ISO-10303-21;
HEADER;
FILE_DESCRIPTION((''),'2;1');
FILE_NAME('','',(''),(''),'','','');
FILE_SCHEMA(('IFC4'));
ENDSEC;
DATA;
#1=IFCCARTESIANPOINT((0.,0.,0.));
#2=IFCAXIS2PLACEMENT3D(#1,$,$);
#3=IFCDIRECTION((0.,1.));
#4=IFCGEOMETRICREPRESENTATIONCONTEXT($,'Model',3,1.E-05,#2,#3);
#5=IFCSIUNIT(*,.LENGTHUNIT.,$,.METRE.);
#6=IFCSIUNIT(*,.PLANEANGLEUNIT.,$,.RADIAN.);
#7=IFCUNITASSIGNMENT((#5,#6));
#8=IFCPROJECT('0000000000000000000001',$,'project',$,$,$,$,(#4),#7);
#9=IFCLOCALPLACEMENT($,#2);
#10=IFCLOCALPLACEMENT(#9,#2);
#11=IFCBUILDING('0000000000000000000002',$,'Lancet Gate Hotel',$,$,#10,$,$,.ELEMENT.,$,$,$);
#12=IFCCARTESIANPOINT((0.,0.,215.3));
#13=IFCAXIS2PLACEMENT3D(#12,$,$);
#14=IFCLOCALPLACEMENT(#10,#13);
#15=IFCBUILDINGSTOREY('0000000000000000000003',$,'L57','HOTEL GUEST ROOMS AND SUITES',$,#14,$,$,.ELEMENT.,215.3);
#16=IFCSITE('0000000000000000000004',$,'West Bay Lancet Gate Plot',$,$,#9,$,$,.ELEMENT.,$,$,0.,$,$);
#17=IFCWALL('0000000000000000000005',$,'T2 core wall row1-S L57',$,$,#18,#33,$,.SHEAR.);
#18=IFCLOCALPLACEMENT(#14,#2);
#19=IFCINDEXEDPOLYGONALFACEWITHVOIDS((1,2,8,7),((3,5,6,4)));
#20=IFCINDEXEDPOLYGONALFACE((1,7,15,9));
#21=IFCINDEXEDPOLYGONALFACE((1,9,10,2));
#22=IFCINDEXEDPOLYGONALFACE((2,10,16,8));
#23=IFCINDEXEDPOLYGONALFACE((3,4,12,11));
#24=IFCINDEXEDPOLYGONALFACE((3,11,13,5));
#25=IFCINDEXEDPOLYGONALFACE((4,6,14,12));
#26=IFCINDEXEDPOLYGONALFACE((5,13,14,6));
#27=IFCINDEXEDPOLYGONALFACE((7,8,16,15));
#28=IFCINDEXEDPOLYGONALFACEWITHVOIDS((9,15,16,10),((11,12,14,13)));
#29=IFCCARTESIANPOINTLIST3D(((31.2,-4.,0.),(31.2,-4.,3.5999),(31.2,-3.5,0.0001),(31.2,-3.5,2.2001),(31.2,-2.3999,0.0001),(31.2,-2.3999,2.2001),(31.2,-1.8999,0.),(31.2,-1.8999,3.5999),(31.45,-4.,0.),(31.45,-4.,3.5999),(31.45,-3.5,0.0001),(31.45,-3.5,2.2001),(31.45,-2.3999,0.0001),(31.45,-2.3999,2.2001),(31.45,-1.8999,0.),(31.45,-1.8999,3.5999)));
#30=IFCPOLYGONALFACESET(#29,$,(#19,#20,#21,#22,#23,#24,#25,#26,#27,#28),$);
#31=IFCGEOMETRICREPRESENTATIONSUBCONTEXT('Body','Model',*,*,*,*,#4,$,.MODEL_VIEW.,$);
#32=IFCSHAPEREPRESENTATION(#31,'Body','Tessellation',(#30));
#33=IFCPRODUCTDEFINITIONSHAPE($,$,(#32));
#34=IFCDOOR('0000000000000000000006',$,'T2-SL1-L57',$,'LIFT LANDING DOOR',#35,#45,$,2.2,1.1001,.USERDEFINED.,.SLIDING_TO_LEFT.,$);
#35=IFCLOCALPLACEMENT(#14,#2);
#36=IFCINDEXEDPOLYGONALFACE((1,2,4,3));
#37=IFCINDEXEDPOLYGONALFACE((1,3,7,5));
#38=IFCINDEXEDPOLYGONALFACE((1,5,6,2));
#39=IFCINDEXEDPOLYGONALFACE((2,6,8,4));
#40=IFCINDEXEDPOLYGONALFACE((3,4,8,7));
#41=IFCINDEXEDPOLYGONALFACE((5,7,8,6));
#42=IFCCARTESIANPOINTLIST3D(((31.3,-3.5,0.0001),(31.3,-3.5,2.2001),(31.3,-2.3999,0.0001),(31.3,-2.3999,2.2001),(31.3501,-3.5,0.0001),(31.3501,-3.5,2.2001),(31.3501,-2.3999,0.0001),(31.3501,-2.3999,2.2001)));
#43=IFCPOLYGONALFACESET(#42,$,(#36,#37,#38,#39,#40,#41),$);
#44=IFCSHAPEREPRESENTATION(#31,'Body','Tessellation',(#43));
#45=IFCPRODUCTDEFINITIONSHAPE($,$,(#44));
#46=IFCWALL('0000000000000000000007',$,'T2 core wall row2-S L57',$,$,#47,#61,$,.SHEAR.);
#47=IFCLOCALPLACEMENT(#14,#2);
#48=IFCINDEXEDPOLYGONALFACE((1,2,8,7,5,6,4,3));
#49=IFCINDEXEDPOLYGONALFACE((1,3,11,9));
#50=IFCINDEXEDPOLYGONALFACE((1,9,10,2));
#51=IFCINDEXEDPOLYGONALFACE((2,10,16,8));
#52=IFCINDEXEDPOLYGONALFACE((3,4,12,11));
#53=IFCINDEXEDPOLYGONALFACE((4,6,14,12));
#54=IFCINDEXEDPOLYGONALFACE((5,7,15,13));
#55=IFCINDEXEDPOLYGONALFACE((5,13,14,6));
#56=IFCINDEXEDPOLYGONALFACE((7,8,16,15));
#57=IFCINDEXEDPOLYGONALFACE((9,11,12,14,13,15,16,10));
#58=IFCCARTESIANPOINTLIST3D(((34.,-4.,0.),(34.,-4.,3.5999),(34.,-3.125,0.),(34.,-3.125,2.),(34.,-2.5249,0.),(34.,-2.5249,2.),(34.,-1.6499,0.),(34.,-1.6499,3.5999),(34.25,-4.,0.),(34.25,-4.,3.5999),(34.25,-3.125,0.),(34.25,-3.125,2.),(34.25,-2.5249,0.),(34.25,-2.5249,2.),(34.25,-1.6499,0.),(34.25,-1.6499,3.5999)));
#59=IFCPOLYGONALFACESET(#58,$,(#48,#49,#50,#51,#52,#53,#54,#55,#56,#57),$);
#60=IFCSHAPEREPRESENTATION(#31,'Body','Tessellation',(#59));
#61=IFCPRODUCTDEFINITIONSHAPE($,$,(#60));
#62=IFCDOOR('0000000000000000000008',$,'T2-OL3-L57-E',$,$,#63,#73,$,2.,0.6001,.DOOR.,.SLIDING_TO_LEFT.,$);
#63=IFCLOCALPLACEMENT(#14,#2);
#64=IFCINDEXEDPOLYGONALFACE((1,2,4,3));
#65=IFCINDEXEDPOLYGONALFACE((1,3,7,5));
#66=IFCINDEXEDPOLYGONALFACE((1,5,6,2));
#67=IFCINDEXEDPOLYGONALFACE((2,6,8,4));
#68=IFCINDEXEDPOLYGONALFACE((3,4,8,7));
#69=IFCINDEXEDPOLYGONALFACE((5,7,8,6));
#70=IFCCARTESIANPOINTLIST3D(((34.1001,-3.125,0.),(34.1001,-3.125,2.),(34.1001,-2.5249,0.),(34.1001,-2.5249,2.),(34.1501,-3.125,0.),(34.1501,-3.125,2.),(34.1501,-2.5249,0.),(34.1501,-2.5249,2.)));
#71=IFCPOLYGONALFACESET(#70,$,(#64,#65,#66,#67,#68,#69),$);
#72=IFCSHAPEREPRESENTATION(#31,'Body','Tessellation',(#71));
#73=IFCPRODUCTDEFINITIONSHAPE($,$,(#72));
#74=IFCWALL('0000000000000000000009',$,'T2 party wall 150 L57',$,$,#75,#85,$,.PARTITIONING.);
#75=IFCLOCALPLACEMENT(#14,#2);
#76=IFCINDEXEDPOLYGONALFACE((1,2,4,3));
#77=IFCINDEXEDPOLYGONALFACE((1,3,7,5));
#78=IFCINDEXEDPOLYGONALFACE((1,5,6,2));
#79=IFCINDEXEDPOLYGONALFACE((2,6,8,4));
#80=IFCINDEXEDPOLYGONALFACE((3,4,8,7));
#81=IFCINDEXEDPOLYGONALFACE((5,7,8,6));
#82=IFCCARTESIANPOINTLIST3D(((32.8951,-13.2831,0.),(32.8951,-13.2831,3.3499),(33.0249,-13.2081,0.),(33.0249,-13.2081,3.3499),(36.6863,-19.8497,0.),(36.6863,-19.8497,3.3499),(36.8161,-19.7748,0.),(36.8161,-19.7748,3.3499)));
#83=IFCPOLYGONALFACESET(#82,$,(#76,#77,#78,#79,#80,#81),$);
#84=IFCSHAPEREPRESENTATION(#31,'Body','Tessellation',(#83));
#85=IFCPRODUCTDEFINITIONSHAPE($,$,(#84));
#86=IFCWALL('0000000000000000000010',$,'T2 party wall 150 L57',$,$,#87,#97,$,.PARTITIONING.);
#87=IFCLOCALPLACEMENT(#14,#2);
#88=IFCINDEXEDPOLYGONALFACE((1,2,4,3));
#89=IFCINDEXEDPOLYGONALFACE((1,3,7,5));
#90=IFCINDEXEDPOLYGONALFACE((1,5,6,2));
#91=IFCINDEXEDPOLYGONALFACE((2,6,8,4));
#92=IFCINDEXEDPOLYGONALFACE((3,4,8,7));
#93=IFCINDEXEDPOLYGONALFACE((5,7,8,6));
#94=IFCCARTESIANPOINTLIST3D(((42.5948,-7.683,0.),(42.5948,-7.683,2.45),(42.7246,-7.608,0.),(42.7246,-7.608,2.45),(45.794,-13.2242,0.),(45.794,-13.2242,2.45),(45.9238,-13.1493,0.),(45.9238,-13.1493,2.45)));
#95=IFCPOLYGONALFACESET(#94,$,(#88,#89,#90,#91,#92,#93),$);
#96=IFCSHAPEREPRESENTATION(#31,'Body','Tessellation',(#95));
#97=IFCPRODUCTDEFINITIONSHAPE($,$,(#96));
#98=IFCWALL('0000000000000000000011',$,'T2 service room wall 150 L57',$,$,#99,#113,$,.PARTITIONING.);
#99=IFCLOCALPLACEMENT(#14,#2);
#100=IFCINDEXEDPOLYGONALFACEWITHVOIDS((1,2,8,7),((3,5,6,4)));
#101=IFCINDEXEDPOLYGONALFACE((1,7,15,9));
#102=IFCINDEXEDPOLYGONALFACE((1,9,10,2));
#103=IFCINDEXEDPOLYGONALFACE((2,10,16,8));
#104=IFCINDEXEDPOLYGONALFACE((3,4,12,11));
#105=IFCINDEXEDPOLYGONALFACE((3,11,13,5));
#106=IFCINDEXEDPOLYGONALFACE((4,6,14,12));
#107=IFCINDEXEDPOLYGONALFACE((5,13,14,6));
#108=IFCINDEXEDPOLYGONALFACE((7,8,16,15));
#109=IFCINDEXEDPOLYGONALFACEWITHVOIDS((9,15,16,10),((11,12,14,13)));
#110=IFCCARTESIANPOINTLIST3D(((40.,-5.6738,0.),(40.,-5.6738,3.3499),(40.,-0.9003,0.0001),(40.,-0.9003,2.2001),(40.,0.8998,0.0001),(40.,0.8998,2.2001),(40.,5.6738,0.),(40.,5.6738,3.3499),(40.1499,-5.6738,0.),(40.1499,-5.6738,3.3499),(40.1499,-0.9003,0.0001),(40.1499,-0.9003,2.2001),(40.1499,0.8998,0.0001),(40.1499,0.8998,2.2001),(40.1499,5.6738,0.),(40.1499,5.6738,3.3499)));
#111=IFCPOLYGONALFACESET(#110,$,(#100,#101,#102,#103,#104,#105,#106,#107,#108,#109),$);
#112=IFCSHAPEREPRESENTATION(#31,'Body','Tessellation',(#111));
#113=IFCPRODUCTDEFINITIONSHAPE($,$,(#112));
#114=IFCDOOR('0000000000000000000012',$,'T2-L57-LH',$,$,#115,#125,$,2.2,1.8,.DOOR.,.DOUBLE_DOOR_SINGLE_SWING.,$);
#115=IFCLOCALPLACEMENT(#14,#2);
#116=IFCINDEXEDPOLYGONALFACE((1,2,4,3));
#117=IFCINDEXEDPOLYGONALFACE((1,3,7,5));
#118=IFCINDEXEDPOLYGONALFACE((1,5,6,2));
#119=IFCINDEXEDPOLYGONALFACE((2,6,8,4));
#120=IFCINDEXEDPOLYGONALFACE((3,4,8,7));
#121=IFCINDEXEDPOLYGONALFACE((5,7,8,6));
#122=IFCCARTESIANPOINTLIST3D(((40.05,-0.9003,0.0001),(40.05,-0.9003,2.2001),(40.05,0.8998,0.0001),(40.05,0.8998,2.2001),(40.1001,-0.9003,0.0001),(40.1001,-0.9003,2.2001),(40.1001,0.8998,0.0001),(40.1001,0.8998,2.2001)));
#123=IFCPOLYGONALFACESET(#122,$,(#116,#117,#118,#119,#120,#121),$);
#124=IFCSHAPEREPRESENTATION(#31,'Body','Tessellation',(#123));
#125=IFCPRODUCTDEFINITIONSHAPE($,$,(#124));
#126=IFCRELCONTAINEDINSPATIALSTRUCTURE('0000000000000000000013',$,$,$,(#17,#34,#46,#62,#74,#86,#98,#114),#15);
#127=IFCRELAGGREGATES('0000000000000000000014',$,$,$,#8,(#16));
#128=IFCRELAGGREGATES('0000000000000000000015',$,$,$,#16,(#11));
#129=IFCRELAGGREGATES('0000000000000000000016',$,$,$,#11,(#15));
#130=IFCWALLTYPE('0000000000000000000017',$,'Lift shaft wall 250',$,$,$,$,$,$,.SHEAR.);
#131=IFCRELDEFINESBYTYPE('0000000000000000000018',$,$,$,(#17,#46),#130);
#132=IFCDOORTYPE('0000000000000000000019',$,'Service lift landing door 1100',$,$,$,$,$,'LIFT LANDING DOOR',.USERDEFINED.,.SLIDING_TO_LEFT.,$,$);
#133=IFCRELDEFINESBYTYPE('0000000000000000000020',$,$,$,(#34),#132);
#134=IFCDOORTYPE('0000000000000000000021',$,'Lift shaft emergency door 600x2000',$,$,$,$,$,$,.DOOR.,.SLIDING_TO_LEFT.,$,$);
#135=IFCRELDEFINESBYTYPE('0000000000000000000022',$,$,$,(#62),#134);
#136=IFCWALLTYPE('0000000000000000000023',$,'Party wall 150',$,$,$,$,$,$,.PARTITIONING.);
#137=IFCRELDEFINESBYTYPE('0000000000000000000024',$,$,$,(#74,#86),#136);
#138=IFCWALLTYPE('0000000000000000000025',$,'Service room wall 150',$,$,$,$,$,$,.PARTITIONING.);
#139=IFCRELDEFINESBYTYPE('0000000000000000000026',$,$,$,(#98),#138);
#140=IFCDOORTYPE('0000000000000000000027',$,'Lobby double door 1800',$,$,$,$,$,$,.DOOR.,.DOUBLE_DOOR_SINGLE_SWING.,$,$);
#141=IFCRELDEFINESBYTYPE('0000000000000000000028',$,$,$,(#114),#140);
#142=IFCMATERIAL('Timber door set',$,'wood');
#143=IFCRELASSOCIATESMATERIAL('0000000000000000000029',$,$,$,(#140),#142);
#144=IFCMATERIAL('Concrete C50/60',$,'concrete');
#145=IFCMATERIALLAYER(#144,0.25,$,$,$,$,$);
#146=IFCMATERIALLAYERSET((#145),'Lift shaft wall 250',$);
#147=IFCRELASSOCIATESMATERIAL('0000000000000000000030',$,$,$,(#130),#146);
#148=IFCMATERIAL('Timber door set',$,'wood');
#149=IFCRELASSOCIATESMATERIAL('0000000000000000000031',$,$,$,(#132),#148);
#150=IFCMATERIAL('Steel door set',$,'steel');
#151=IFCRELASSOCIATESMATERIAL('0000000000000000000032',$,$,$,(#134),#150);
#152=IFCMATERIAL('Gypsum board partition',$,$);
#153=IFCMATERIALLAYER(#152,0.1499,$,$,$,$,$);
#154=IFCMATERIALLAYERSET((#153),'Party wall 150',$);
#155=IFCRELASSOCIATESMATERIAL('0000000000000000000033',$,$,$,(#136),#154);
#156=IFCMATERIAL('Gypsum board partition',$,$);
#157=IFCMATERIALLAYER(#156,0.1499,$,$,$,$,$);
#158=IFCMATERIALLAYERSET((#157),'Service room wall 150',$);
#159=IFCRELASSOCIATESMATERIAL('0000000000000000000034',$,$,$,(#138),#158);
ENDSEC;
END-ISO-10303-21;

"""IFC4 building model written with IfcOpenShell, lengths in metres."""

from ifc_helpers import new_model, si_unit, direction, frame, frame_2d, origin, place, context, subcontext, project, spatial, rectangle, extrude, material, layer, layer_set, type_object, element, fill, save


model = new_model("IFC4")

# Units and contexts
model_context = context("Model", 3, precision=1e-05, world=origin(), true_north=direction((0.0, 1.0)))
body_context = subcontext(model_context, "Body", "Model", "MODEL_VIEW")
ifc_project = project(units=[si_unit("LENGTHUNIT", "METRE"), si_unit("PLANEANGLEUNIT", "RADIAN")], contexts=[model_context])

# Site, building, storey
site_placement = place(None, origin())
site = spatial("IfcSite", under=ifc_project, at=site_placement, Name="West Bay Lancet Gate Plot", CompositionType="ELEMENT", RefElevation=0.0)
building_placement = place(site_placement, origin())
building = spatial("IfcBuilding", under=site, at=building_placement, Name="Lancet Gate Hotel", CompositionType="ELEMENT")
storey_placement = place(building_placement, frame((0.0, 0.0, 215.3)))
storey = spatial("IfcBuildingStorey", under=building, at=storey_placement, Name="L57", Description="HOTEL GUEST ROOMS AND SUITES", CompositionType="ELEMENT", Elevation=215.3)

# Walls, openings, doors
ifc_material_1 = material(Name="Timber door set", Category="wood")
door_type_1 = type_object("IfcDoorType", Name="Lobby double door 1800", OperationType="DOUBLE_DOOR_SINGLE_SWING", PredefinedType="DOOR", material=ifc_material_1)
ifc_material_2 = material(Name="Concrete C50/60", Category="concrete")
ifc_layer_1 = layer(ifc_material_2, 0.25)
ifc_layer_set_1 = layer_set([ifc_layer_1], Name="Lift shaft wall 250")
wall_type_1 = type_object("IfcWallType", Name="Lift shaft wall 250", PredefinedType="SHEAR", material=ifc_layer_set_1)
wall_1_placement = place(storey_placement, frame((31.325, -4.0, 0.0), z_axis=(0.0, 0.0, 1.0), x_axis=(0.0, 1.0, 0.0)))
wall_1 = element("IfcWall", 1, at=wall_1_placement, inside=storey, type_object=wall_type_1, Name="T2 core wall row1-S L57", PredefinedType="SHEAR", context=body_context, shape_type="SweptSolid", body=[
    extrude(rectangle(XDim=2.1001, YDim=0.25, at=frame_2d((1.05, 0.0))), origin(), (0.0, 0.0, 1.0), 3.5999),
])
opening_1_placement = place(wall_1_placement, frame((0.5, 0.0, 0.0)))
opening_1 = element("IfcOpeningElement", 2, at=opening_1_placement, cuts=wall_1, PredefinedType="OPENING", context=body_context, shape_type="SweptSolid", body=[
    extrude(rectangle(XDim=1.1001, YDim=2.2, at=frame_2d((0.55, 1.1001))), frame((0.0, 0.135, 0.0), z_axis=(0.0, -1.0, 0.0), x_axis=(1.0, 0.0, 0.0)), (0.0, 0.0, 1.0), 0.27),
])
ifc_material_3 = material(Name="Timber door set", Category="wood")
door_type_2 = type_object("IfcDoorType", Name="Service lift landing door 1100", ElementType="LIFT LANDING DOOR", OperationType="SLIDING_TO_LEFT", PredefinedType="USERDEFINED", material=ifc_material_3)
door_1_placement = place(opening_1_placement, origin())
door_1 = element("IfcDoor", 3, at=door_1_placement, inside=storey, type_object=door_type_2, Name="T2-SL1-L57", ObjectType="LIFT LANDING DOOR", OperationType="SLIDING_TO_LEFT", OverallHeight=2.2, OverallWidth=1.1001, PredefinedType="USERDEFINED", context=body_context, shape_type="SweptSolid", body=[
    extrude(rectangle(XDim=1.1001, YDim=2.2, at=frame_2d((0.55, 1.1001))), frame((0.0, 0.0249, 0.0), z_axis=(0.0, -1.0, 0.0), x_axis=(1.0, 0.0, 0.0)), (0.0, 0.0, 1.0), 0.05),
])
fill(opening_1, door_1)
wall_2_placement = place(storey_placement, frame((34.125, -4.0, 0.0), z_axis=(0.0, 0.0, 1.0), x_axis=(0.0, 1.0, 0.0)))
wall_2 = element("IfcWall", 4, at=wall_2_placement, inside=storey, type_object=wall_type_1, Name="T2 core wall row2-S L57", PredefinedType="SHEAR", context=body_context, shape_type="SweptSolid", body=[
    extrude(rectangle(XDim=2.3501, YDim=0.25, at=frame_2d((1.175, 0.0))), origin(), (0.0, 0.0, 1.0), 3.5999),
])
opening_2_placement = place(wall_2_placement, frame((0.875, 0.0, 0.0)))
opening_2 = element("IfcOpeningElement", 5, at=opening_2_placement, cuts=wall_2, PredefinedType="OPENING", context=body_context, shape_type="SweptSolid", body=[
    extrude(rectangle(XDim=0.6001, YDim=2.0, at=frame_2d((0.3, 1.0))), frame((0.0, 0.135, 0.0), z_axis=(0.0, -1.0, 0.0), x_axis=(1.0, 0.0, 0.0)), (0.0, 0.0, 1.0), 0.27),
])
ifc_material_4 = material(Name="Steel door set", Category="steel")
door_type_3 = type_object("IfcDoorType", Name="Lift shaft emergency door 600x2000", OperationType="SLIDING_TO_LEFT", PredefinedType="DOOR", material=ifc_material_4)
door_2_placement = place(opening_2_placement, origin())
door_2 = element("IfcDoor", 6, at=door_2_placement, inside=storey, type_object=door_type_3, Name="T2-OL3-L57-E", OperationType="SLIDING_TO_LEFT", OverallHeight=2.0, OverallWidth=0.6001, PredefinedType="DOOR", context=body_context, shape_type="SweptSolid", body=[
    extrude(rectangle(XDim=0.6001, YDim=2.0, at=frame_2d((0.3, 1.0))), frame((0.0, 0.0249, 0.0), z_axis=(0.0, -1.0, 0.0), x_axis=(1.0, 0.0, 0.0)), (0.0, 0.0, 1.0), 0.05),
])
fill(opening_2, door_2)

# Walls
ifc_material_5 = material(Name="Gypsum board partition")
ifc_layer_2 = layer(ifc_material_5, 0.1499)
ifc_layer_set_2 = layer_set([ifc_layer_2], Name="Party wall 150")
wall_type_2 = type_object("IfcWallType", Name="Party wall 150", PredefinedType="PARTITIONING", material=ifc_layer_set_2)
wall_3_placement = place(storey_placement, frame((32.96, -13.2456, 0.0), z_axis=(0.0, 0.0, 1.0), x_axis=(0.5, -0.866025, 0.0)))
element("IfcWall", 7, at=wall_3_placement, inside=storey, type_object=wall_type_2, Name="T2 party wall 150 L57", PredefinedType="PARTITIONING", context=body_context, shape_type="SweptSolid", body=[
    extrude(rectangle(XDim=7.5825, YDim=0.1499, at=frame_2d((3.7913, 0.0))), origin(), (0.0, 0.0, 1.0), 3.3499),
])
wall_4_placement = place(storey_placement, frame((42.6597, -7.6455, 0.0), z_axis=(0.0, 0.0, 1.0), x_axis=(0.499997, -0.866027, 0.0)))
element("IfcWall", 8, at=wall_4_placement, inside=storey, type_object=wall_type_2, Name="T2 party wall 150 L57", PredefinedType="PARTITIONING", context=body_context, shape_type="SweptSolid", body=[
    extrude(rectangle(XDim=6.3984, YDim=0.1499, at=frame_2d((3.1992, 0.0))), origin(), (0.0, 0.0, 1.0), 2.45),
])

# Wall, opening, door
ifc_material_6 = material(Name="Gypsum board partition")
ifc_layer_3 = layer(ifc_material_6, 0.1499)
ifc_layer_set_3 = layer_set([ifc_layer_3], Name="Service room wall 150")
wall_type_3 = type_object("IfcWallType", Name="Service room wall 150", PredefinedType="PARTITIONING", material=ifc_layer_set_3)
wall_5_placement = place(storey_placement, frame((40.075, -5.6738, 0.0), z_axis=(0.0, 0.0, 1.0), x_axis=(0.0, 1.0, 0.0)))
wall_5 = element("IfcWall", 9, at=wall_5_placement, inside=storey, type_object=wall_type_3, Name="T2 service room wall 150 L57", PredefinedType="PARTITIONING", context=body_context, shape_type="SweptSolid", body=[
    extrude(rectangle(XDim=11.3477, YDim=0.1499, at=frame_2d((5.6738, 0.0))), origin(), (0.0, 0.0, 1.0), 3.3499),
])
opening_3_placement = place(wall_5_placement, frame((4.7737, 0.0, 0.0)))
opening_3 = element("IfcOpeningElement", 10, at=opening_3_placement, cuts=wall_5, PredefinedType="OPENING", context=body_context, shape_type="SweptSolid", body=[
    extrude(rectangle(XDim=1.8, YDim=2.2, at=frame_2d((0.8999, 1.1001))), frame((0.0, 0.085, 0.0), z_axis=(0.0, -1.0, 0.0), x_axis=(1.0, 0.0, 0.0)), (0.0, 0.0, 1.0), 0.1699),
])
door_3_placement = place(opening_3_placement, origin())
door_3 = element("IfcDoor", 11, at=door_3_placement, inside=storey, type_object=door_type_1, Name="T2-L57-LH", OperationType="DOUBLE_DOOR_SINGLE_SWING", OverallHeight=2.2, OverallWidth=1.8, PredefinedType="DOOR", context=body_context, shape_type="SweptSolid", body=[
    extrude(rectangle(XDim=1.8, YDim=2.2, at=frame_2d((0.8999, 1.1001))), frame((0.0, 0.0249, 0.0), z_axis=(0.0, -1.0, 0.0), x_axis=(1.0, 0.0, 0.0)), (0.0, 0.0, 1.0), 0.05),
])
fill(opening_3, door_3)

save(model, "model.ifc")
